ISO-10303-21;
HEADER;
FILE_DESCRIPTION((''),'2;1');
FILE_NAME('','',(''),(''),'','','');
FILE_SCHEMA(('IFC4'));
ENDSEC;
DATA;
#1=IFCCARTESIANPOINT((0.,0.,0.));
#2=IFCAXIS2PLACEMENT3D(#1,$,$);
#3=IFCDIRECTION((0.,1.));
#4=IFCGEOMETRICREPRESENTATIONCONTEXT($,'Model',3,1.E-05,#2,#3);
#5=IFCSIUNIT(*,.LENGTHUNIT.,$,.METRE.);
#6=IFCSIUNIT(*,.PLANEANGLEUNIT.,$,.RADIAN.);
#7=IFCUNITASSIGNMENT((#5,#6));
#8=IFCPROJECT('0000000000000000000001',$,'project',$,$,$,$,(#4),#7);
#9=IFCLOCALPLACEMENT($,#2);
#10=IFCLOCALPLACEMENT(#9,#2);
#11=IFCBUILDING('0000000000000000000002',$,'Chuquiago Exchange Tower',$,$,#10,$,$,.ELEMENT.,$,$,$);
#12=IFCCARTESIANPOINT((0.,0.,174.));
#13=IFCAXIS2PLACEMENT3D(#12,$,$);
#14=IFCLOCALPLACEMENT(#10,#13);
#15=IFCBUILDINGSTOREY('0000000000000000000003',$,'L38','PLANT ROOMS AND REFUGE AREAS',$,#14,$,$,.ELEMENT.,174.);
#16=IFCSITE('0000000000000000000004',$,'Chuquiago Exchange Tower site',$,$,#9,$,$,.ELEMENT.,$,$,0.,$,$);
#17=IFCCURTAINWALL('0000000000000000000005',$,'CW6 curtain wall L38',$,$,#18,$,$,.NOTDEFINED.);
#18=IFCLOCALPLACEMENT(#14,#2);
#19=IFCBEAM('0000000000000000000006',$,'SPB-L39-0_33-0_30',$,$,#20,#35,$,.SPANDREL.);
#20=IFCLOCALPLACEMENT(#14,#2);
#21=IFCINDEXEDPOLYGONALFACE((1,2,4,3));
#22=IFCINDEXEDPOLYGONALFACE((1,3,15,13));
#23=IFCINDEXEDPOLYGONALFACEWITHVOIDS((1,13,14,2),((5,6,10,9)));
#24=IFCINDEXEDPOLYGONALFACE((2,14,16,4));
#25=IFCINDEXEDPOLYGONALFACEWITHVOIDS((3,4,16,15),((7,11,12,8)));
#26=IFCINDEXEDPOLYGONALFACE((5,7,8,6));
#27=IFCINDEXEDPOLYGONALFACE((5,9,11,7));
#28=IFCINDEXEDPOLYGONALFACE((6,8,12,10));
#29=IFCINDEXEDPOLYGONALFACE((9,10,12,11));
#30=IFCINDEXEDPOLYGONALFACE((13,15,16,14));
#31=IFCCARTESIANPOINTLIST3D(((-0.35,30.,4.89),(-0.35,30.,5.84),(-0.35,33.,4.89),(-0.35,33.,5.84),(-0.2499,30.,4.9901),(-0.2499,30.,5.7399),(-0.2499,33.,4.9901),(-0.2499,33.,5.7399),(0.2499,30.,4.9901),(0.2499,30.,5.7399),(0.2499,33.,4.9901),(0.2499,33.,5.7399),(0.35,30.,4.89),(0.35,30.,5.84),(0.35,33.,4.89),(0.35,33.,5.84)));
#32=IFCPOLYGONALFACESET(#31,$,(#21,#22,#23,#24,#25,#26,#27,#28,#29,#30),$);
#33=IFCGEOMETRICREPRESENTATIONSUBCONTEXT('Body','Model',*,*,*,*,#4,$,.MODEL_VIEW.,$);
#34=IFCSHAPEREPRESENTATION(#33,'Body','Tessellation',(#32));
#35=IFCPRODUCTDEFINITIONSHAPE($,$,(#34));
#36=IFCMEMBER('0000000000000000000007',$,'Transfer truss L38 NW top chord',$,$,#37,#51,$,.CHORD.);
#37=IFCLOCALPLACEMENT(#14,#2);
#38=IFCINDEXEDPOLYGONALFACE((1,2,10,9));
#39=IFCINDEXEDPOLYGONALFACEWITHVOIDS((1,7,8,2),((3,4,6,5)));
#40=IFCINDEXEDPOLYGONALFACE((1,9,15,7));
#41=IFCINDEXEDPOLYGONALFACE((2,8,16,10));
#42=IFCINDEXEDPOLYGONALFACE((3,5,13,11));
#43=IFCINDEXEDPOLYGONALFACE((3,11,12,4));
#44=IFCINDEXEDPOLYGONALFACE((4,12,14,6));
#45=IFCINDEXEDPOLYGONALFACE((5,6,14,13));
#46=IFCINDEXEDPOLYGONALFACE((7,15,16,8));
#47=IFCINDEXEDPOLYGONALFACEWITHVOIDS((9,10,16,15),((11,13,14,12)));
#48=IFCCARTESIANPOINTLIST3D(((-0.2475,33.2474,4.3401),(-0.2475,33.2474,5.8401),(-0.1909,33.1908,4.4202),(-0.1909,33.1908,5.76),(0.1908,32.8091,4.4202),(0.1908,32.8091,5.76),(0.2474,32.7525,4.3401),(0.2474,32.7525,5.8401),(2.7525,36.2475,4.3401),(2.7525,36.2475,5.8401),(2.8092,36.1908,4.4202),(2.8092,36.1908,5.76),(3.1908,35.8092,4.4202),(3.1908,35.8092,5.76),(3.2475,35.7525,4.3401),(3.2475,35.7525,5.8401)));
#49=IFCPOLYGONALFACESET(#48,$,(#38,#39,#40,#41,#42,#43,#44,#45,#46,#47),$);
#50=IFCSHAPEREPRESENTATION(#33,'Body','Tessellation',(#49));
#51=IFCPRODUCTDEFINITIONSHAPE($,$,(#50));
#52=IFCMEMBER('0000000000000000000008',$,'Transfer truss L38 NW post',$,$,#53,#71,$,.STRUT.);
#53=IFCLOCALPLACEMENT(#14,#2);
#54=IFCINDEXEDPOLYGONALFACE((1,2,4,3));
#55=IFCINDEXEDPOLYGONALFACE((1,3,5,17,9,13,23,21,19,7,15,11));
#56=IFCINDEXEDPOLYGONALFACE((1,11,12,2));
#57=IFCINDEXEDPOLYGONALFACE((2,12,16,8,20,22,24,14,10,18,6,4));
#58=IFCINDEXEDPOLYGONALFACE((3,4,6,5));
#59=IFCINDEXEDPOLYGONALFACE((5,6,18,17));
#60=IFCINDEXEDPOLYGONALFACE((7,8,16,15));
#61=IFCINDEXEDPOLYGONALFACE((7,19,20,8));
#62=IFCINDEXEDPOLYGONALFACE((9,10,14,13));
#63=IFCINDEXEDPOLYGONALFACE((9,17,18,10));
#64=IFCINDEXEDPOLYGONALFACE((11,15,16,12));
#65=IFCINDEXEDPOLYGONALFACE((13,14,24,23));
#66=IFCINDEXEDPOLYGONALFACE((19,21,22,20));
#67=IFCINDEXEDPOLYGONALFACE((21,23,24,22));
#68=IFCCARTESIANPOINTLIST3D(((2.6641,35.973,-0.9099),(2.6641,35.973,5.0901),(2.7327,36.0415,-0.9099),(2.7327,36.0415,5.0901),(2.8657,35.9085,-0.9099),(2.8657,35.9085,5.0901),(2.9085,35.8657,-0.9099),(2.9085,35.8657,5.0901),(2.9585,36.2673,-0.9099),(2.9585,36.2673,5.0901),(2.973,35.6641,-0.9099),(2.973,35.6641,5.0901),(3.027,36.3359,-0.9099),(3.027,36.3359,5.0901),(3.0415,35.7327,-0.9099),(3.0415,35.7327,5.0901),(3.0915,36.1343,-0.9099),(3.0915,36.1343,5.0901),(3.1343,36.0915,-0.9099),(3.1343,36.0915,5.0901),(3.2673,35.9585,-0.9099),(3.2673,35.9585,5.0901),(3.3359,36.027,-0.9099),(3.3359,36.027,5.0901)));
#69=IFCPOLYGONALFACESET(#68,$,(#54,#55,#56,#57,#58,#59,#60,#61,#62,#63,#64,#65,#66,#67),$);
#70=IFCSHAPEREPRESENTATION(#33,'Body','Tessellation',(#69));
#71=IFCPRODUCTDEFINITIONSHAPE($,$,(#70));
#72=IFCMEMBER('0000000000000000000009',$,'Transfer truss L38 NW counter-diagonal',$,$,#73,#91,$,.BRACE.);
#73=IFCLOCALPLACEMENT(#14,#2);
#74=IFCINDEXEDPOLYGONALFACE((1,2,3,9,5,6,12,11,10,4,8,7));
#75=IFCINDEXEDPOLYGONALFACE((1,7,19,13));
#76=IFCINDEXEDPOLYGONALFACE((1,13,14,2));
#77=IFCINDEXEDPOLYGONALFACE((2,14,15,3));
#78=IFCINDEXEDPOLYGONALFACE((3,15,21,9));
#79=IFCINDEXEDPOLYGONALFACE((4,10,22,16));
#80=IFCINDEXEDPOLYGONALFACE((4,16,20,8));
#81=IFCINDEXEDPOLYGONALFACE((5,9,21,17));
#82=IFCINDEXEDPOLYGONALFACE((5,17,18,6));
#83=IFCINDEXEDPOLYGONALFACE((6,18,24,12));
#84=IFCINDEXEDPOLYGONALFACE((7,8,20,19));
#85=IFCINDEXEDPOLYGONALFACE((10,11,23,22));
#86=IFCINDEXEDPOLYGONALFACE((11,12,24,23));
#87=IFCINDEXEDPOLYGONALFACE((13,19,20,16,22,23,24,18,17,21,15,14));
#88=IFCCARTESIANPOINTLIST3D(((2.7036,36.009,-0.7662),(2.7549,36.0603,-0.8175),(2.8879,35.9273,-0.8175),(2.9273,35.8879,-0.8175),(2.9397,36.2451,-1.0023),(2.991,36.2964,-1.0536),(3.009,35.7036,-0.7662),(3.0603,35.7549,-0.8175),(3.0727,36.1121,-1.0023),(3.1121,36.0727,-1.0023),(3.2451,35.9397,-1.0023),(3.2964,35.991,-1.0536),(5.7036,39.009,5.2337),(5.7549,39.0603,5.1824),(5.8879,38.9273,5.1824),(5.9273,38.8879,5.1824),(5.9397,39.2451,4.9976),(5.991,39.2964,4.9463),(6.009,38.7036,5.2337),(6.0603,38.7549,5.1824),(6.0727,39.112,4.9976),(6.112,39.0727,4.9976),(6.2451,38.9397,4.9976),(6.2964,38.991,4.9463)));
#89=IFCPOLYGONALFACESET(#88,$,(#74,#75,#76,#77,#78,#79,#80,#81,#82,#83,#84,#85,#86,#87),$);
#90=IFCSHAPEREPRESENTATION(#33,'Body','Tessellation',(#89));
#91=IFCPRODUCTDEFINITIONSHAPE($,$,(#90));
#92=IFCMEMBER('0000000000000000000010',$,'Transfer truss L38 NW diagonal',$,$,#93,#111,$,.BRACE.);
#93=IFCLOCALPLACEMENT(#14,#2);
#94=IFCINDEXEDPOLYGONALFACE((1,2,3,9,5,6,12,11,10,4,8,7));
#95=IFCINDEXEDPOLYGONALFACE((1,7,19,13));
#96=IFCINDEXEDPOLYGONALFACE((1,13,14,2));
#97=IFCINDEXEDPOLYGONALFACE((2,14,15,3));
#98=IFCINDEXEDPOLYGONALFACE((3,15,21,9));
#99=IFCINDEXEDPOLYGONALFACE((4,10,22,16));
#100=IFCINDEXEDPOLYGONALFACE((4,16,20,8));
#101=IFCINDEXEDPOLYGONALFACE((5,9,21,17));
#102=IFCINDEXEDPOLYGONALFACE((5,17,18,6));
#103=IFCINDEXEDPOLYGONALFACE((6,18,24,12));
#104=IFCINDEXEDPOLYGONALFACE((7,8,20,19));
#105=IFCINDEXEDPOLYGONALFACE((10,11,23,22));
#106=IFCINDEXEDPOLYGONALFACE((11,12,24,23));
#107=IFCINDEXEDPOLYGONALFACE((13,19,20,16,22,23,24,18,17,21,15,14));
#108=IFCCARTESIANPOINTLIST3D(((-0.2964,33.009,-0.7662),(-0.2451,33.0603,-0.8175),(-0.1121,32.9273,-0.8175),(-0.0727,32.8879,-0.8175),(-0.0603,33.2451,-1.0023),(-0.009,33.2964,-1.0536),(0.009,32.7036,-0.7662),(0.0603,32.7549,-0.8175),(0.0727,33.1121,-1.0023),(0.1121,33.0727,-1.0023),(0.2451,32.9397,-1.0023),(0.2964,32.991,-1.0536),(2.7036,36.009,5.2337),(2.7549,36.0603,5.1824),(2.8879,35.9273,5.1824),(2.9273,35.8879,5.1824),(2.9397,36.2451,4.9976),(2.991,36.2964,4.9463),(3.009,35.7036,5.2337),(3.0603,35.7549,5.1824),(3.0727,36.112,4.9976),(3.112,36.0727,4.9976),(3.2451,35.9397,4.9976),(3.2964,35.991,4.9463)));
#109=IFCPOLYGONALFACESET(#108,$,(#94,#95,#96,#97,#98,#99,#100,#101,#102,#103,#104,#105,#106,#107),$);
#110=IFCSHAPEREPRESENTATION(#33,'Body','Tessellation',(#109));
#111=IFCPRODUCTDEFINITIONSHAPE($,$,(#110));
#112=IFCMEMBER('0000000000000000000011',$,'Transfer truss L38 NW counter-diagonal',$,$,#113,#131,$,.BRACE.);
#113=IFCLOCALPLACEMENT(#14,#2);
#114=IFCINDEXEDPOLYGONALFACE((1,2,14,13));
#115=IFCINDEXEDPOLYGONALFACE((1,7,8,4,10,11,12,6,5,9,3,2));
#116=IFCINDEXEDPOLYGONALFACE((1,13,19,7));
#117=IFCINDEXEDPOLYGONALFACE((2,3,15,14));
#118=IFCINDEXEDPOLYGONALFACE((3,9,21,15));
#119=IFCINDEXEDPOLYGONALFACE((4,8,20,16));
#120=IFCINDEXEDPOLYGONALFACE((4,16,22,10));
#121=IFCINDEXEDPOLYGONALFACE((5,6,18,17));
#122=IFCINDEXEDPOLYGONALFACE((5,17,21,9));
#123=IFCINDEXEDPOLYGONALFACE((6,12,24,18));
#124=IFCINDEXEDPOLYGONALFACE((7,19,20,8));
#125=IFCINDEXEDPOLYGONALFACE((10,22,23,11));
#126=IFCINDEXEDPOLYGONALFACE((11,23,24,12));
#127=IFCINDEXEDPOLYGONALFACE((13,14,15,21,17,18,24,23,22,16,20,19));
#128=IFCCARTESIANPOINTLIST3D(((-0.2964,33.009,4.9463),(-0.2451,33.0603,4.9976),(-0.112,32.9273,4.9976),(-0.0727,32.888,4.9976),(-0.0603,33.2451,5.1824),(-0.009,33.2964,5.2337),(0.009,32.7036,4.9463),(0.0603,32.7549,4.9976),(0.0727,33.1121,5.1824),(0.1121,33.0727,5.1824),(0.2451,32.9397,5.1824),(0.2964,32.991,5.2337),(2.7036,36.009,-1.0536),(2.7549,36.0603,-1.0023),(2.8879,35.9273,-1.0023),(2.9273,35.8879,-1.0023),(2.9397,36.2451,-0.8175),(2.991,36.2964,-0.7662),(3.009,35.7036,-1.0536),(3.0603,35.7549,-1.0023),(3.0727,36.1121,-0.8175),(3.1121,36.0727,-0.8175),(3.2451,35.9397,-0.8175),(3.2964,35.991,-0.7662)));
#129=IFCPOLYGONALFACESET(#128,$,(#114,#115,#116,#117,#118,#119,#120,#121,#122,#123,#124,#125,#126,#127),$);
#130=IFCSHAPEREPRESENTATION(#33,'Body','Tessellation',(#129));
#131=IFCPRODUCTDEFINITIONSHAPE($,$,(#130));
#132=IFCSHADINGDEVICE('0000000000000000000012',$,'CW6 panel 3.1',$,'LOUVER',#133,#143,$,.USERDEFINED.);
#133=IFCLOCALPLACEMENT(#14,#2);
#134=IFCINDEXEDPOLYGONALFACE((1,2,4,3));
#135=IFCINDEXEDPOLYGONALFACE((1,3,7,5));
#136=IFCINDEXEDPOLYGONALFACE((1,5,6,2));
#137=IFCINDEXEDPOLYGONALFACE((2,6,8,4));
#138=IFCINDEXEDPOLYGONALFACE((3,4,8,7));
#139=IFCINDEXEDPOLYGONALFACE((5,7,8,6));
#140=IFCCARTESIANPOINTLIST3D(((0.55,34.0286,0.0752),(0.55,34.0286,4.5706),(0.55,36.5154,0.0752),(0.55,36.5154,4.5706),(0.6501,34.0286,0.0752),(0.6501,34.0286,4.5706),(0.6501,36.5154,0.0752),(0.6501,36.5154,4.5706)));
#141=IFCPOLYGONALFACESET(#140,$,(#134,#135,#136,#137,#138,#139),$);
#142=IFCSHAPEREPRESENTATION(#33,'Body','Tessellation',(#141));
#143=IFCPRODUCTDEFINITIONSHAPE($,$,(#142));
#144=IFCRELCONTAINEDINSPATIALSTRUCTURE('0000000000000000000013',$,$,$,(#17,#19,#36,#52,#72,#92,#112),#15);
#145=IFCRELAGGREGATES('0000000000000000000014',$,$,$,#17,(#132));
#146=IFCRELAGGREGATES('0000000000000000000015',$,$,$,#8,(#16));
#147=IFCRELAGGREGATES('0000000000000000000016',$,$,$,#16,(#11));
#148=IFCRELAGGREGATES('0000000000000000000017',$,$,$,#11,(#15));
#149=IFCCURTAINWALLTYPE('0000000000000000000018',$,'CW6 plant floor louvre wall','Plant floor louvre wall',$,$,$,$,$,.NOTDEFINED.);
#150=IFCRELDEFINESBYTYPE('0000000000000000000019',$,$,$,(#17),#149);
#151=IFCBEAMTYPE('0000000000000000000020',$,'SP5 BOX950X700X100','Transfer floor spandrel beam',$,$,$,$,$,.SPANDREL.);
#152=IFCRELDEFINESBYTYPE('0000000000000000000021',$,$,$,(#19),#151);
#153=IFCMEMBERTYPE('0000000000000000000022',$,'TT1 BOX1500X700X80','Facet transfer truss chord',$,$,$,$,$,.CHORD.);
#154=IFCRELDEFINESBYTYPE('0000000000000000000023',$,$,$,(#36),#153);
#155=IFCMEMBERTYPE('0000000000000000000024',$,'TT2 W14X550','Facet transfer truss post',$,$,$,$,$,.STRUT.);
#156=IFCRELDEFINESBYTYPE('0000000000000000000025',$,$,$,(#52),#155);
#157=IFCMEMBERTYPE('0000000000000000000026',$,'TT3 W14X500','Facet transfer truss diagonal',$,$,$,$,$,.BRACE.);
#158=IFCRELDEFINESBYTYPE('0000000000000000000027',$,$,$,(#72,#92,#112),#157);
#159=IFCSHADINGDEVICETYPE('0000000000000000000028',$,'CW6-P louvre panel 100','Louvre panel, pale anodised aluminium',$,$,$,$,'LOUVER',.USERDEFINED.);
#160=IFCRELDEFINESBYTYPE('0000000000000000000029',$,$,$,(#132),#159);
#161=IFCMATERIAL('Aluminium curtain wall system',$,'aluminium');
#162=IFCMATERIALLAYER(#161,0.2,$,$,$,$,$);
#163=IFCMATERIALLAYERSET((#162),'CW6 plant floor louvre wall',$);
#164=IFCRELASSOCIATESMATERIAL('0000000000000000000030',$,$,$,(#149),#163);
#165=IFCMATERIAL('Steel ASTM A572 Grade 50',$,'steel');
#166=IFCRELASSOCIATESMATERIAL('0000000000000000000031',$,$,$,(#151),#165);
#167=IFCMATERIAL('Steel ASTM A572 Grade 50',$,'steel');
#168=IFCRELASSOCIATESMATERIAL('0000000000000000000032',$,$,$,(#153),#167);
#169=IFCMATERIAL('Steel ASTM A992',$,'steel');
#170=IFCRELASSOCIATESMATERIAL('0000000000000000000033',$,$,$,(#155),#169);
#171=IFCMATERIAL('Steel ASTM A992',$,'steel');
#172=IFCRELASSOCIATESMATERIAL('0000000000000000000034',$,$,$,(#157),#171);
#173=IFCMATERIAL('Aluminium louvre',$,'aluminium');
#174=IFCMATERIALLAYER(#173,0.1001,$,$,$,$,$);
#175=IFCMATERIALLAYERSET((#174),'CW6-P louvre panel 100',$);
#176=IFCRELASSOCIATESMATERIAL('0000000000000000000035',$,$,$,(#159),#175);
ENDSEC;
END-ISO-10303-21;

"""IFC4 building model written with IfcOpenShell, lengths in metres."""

from ifc_helpers import new_model, si_unit, direction, frame, origin, origin_2d, place, context, subcontext, project, spatial, rectangle, hollow_rectangle, i_section, extrude, material, layer, layer_set, material_profile, profile_set, type_object, element, aggregate, save


model = new_model("IFC4")

# Units and contexts
model_context = context("Model", 3, precision=1e-05, world=origin(), true_north=direction((0.0, 1.0)))
body_context = subcontext(model_context, "Body", "Model", "MODEL_VIEW")
ifc_project = project(units=[si_unit("LENGTHUNIT", "METRE"), si_unit("PLANEANGLEUNIT", "RADIAN")], contexts=[model_context])

# Site, building, storey
site_placement = place(None, origin())
site = spatial("IfcSite", under=ifc_project, at=site_placement, Name="Chuquiago Exchange Tower site", CompositionType="ELEMENT", RefElevation=0.0)
building_placement = place(site_placement, origin())
building = spatial("IfcBuilding", under=site, at=building_placement, Name="Chuquiago Exchange Tower", CompositionType="ELEMENT")
storey_placement = place(building_placement, frame((0.0, 0.0, 174.0)))
storey = spatial("IfcBuildingStorey", under=building, at=storey_placement, Name="L38", Description="PLANT ROOMS AND REFUGE AREAS", CompositionType="ELEMENT", Elevation=174.0)

# Curtain wall
ifc_material_1 = material(Name="Aluminium curtain wall system", Category="aluminium")
ifc_layer_1 = layer(ifc_material_1, 0.2)
ifc_layer_set_1 = layer_set([ifc_layer_1], Name="CW6 plant floor louvre wall")
curtain_wall_type = type_object("IfcCurtainWallType", Name="CW6 plant floor louvre wall", Description="Plant floor louvre wall", PredefinedType="NOTDEFINED", material=ifc_layer_set_1)
curtain_wall_1_placement = place(storey_placement, origin())
curtain_wall_1 = element("IfcCurtainWall", 1, at=curtain_wall_1_placement, inside=storey, type_object=curtain_wall_type, Name="CW6 curtain wall L38", PredefinedType="NOTDEFINED")

# Beam
ifc_material_2 = material(Name="Steel ASTM A572 Grade 50", Category="steel")
ifc_material_profile_1 = material_profile(ifc_material_2, hollow_rectangle(XDim=0.7, YDim=0.95, WallThickness=0.1001, at=origin_2d()), Name="BOX950X700X100")
ifc_profile_set_1 = profile_set([ifc_material_profile_1], Name="Steel ASTM A572 Grade 50")
beam_type_1 = type_object("IfcBeamType", Name="SP5 BOX950X700X100", Description="Transfer floor spandrel beam", PredefinedType="SPANDREL", material=ifc_profile_set_1)
beam_1_placement = place(storey_placement, frame((0.0, 33.0, 5.365), z_axis=(0.0, -1.0, 0.0), x_axis=(1.0, 0.0, 0.0)))
element("IfcBeam", 2, at=beam_1_placement, inside=storey, type_object=beam_type_1, Name="SPB-L39-0_33-0_30", PredefinedType="SPANDREL", context=body_context, shape_type="SweptSolid", body=[
    extrude(hollow_rectangle(XDim=0.7, YDim=0.95, WallThickness=0.1001, at=origin_2d()), origin(), (0.0, 0.0, 1.0), 3.0),
])

# Members
ifc_material_3 = material(Name="Steel ASTM A572 Grade 50", Category="steel")
ifc_material_profile_2 = material_profile(ifc_material_3, hollow_rectangle(XDim=0.7, YDim=1.5, WallThickness=0.0801, at=origin_2d()), Name="BOX1500X700X80")
ifc_profile_set_2 = profile_set([ifc_material_profile_2], Name="Steel ASTM A572 Grade 50")
member_type_1 = type_object("IfcMemberType", Name="TT1 BOX1500X700X80", Description="Facet transfer truss chord", PredefinedType="CHORD", material=ifc_profile_set_2)
member_1_placement = place(storey_placement, frame((3.0, 36.0, 5.0901), z_axis=(-0.707107, -0.707107, 0.0), x_axis=(0.707107, -0.707107, 0.0)))
element("IfcMember", 3, at=member_1_placement, inside=storey, type_object=member_type_1, Name="Transfer truss L38 NW top chord", PredefinedType="CHORD", context=body_context, shape_type="SweptSolid", body=[
    extrude(hollow_rectangle(XDim=0.7, YDim=1.5, WallThickness=0.0801, at=origin_2d()), origin(), (0.0, 0.0, 1.0), 4.2427),
])
ifc_material_4 = material(Name="Steel ASTM A992", Category="steel")
ifc_material_profile_3 = material_profile(ifc_material_4, i_section(OverallWidth=0.4368, OverallDepth=0.5132, WebThickness=0.0605, FlangeThickness=0.0969, at=origin_2d()), Name="W14X550")
ifc_profile_set_3 = profile_set([ifc_material_profile_3], Name="Steel ASTM A992")
member_type_2 = type_object("IfcMemberType", Name="TT2 W14X550", Description="Facet transfer truss post", PredefinedType="STRUT", material=ifc_profile_set_3)
member_2_placement = place(storey_placement, frame((3.0, 36.0, -0.9099), z_axis=(0.0, 0.0, 1.0), x_axis=(-0.707107, 0.707107, 0.0)))
element("IfcMember", 4, at=member_2_placement, inside=storey, type_object=member_type_2, Name="Transfer truss L38 NW post", PredefinedType="STRUT", context=body_context, shape_type="SweptSolid", body=[
    extrude(i_section(OverallWidth=0.4368, OverallDepth=0.5132, WebThickness=0.0605, FlangeThickness=0.0969, at=origin_2d()), origin(), (0.0, 0.0, 1.0), 6.0),
])
ifc_material_5 = material(Name="Steel ASTM A992", Category="steel")
ifc_material_profile_4 = material_profile(ifc_material_5, i_section(OverallWidth=0.4319, OverallDepth=0.4978, WebThickness=0.0557, FlangeThickness=0.0889, at=origin_2d()), Name="W14X500")
ifc_profile_set_4 = profile_set([ifc_material_profile_4], Name="Steel ASTM A992")
member_type_3 = type_object("IfcMemberType", Name="TT3 W14X500", Description="Facet transfer truss diagonal", PredefinedType="BRACE", material=ifc_profile_set_4)
for number, where, z_axis, x_axis, name in (
    (5, (3.0, 36.0, -0.9099), (0.408248, 0.408248, 0.816497), (-0.707107, 0.707107, 0.0), "Transfer truss L38 NW counter-diagonal"),
    (6, (0.0, 33.0, -0.9099), (0.408248, 0.408248, 0.816497), (-0.707107, 0.707107, 0.0), "Transfer truss L38 NW diagonal"),
    (7, (3.0, 36.0, -0.9099), (-0.408248, -0.408248, 0.816497), (0.707107, -0.707107, 0.0), "Transfer truss L38 NW counter-diagonal"),
):
    element("IfcMember", number, at=place(storey_placement, frame(where, z_axis=z_axis, x_axis=x_axis)), inside=storey, type_object=member_type_3, Name=name, PredefinedType="BRACE", context=body_context, shape_type="SweptSolid", body=[
        extrude(i_section(OverallWidth=0.4319, OverallDepth=0.4978, WebThickness=0.0557, FlangeThickness=0.0889, at=origin_2d()), origin(), (0.0, 0.0, 1.0), 7.3484),
    ])

# Shading device
ifc_material_6 = material(Name="Aluminium louvre", Category="aluminium")
ifc_layer_2 = layer(ifc_material_6, 0.1001)
ifc_layer_set_2 = layer_set([ifc_layer_2], Name="CW6-P louvre panel 100")
shading_device_type = type_object("IfcShadingDeviceType", Name="CW6-P louvre panel 100", Description="Louvre panel, pale anodised aluminium", ElementType="LOUVER", PredefinedType="USERDEFINED", material=ifc_layer_set_2)
shading_device_placement = place(storey_placement, frame((0.6001, 35.272, 0.0752), z_axis=(0.0, 0.0, 1.0), x_axis=(0.0, -1.0, 0.0)))
shading_device = element("IfcShadingDevice", 8, at=shading_device_placement, type_object=shading_device_type, Name="CW6 panel 3.1", ObjectType="LOUVER", PredefinedType="USERDEFINED", context=body_context, shape_type="SweptSolid", body=[
    extrude(rectangle(XDim=2.4868, YDim=0.1001, at=origin_2d()), origin(), (0.0, 0.0, 1.0), 4.4954),
])
aggregate(curtain_wall_1, [shading_device])

save(model, "model.ifc")
